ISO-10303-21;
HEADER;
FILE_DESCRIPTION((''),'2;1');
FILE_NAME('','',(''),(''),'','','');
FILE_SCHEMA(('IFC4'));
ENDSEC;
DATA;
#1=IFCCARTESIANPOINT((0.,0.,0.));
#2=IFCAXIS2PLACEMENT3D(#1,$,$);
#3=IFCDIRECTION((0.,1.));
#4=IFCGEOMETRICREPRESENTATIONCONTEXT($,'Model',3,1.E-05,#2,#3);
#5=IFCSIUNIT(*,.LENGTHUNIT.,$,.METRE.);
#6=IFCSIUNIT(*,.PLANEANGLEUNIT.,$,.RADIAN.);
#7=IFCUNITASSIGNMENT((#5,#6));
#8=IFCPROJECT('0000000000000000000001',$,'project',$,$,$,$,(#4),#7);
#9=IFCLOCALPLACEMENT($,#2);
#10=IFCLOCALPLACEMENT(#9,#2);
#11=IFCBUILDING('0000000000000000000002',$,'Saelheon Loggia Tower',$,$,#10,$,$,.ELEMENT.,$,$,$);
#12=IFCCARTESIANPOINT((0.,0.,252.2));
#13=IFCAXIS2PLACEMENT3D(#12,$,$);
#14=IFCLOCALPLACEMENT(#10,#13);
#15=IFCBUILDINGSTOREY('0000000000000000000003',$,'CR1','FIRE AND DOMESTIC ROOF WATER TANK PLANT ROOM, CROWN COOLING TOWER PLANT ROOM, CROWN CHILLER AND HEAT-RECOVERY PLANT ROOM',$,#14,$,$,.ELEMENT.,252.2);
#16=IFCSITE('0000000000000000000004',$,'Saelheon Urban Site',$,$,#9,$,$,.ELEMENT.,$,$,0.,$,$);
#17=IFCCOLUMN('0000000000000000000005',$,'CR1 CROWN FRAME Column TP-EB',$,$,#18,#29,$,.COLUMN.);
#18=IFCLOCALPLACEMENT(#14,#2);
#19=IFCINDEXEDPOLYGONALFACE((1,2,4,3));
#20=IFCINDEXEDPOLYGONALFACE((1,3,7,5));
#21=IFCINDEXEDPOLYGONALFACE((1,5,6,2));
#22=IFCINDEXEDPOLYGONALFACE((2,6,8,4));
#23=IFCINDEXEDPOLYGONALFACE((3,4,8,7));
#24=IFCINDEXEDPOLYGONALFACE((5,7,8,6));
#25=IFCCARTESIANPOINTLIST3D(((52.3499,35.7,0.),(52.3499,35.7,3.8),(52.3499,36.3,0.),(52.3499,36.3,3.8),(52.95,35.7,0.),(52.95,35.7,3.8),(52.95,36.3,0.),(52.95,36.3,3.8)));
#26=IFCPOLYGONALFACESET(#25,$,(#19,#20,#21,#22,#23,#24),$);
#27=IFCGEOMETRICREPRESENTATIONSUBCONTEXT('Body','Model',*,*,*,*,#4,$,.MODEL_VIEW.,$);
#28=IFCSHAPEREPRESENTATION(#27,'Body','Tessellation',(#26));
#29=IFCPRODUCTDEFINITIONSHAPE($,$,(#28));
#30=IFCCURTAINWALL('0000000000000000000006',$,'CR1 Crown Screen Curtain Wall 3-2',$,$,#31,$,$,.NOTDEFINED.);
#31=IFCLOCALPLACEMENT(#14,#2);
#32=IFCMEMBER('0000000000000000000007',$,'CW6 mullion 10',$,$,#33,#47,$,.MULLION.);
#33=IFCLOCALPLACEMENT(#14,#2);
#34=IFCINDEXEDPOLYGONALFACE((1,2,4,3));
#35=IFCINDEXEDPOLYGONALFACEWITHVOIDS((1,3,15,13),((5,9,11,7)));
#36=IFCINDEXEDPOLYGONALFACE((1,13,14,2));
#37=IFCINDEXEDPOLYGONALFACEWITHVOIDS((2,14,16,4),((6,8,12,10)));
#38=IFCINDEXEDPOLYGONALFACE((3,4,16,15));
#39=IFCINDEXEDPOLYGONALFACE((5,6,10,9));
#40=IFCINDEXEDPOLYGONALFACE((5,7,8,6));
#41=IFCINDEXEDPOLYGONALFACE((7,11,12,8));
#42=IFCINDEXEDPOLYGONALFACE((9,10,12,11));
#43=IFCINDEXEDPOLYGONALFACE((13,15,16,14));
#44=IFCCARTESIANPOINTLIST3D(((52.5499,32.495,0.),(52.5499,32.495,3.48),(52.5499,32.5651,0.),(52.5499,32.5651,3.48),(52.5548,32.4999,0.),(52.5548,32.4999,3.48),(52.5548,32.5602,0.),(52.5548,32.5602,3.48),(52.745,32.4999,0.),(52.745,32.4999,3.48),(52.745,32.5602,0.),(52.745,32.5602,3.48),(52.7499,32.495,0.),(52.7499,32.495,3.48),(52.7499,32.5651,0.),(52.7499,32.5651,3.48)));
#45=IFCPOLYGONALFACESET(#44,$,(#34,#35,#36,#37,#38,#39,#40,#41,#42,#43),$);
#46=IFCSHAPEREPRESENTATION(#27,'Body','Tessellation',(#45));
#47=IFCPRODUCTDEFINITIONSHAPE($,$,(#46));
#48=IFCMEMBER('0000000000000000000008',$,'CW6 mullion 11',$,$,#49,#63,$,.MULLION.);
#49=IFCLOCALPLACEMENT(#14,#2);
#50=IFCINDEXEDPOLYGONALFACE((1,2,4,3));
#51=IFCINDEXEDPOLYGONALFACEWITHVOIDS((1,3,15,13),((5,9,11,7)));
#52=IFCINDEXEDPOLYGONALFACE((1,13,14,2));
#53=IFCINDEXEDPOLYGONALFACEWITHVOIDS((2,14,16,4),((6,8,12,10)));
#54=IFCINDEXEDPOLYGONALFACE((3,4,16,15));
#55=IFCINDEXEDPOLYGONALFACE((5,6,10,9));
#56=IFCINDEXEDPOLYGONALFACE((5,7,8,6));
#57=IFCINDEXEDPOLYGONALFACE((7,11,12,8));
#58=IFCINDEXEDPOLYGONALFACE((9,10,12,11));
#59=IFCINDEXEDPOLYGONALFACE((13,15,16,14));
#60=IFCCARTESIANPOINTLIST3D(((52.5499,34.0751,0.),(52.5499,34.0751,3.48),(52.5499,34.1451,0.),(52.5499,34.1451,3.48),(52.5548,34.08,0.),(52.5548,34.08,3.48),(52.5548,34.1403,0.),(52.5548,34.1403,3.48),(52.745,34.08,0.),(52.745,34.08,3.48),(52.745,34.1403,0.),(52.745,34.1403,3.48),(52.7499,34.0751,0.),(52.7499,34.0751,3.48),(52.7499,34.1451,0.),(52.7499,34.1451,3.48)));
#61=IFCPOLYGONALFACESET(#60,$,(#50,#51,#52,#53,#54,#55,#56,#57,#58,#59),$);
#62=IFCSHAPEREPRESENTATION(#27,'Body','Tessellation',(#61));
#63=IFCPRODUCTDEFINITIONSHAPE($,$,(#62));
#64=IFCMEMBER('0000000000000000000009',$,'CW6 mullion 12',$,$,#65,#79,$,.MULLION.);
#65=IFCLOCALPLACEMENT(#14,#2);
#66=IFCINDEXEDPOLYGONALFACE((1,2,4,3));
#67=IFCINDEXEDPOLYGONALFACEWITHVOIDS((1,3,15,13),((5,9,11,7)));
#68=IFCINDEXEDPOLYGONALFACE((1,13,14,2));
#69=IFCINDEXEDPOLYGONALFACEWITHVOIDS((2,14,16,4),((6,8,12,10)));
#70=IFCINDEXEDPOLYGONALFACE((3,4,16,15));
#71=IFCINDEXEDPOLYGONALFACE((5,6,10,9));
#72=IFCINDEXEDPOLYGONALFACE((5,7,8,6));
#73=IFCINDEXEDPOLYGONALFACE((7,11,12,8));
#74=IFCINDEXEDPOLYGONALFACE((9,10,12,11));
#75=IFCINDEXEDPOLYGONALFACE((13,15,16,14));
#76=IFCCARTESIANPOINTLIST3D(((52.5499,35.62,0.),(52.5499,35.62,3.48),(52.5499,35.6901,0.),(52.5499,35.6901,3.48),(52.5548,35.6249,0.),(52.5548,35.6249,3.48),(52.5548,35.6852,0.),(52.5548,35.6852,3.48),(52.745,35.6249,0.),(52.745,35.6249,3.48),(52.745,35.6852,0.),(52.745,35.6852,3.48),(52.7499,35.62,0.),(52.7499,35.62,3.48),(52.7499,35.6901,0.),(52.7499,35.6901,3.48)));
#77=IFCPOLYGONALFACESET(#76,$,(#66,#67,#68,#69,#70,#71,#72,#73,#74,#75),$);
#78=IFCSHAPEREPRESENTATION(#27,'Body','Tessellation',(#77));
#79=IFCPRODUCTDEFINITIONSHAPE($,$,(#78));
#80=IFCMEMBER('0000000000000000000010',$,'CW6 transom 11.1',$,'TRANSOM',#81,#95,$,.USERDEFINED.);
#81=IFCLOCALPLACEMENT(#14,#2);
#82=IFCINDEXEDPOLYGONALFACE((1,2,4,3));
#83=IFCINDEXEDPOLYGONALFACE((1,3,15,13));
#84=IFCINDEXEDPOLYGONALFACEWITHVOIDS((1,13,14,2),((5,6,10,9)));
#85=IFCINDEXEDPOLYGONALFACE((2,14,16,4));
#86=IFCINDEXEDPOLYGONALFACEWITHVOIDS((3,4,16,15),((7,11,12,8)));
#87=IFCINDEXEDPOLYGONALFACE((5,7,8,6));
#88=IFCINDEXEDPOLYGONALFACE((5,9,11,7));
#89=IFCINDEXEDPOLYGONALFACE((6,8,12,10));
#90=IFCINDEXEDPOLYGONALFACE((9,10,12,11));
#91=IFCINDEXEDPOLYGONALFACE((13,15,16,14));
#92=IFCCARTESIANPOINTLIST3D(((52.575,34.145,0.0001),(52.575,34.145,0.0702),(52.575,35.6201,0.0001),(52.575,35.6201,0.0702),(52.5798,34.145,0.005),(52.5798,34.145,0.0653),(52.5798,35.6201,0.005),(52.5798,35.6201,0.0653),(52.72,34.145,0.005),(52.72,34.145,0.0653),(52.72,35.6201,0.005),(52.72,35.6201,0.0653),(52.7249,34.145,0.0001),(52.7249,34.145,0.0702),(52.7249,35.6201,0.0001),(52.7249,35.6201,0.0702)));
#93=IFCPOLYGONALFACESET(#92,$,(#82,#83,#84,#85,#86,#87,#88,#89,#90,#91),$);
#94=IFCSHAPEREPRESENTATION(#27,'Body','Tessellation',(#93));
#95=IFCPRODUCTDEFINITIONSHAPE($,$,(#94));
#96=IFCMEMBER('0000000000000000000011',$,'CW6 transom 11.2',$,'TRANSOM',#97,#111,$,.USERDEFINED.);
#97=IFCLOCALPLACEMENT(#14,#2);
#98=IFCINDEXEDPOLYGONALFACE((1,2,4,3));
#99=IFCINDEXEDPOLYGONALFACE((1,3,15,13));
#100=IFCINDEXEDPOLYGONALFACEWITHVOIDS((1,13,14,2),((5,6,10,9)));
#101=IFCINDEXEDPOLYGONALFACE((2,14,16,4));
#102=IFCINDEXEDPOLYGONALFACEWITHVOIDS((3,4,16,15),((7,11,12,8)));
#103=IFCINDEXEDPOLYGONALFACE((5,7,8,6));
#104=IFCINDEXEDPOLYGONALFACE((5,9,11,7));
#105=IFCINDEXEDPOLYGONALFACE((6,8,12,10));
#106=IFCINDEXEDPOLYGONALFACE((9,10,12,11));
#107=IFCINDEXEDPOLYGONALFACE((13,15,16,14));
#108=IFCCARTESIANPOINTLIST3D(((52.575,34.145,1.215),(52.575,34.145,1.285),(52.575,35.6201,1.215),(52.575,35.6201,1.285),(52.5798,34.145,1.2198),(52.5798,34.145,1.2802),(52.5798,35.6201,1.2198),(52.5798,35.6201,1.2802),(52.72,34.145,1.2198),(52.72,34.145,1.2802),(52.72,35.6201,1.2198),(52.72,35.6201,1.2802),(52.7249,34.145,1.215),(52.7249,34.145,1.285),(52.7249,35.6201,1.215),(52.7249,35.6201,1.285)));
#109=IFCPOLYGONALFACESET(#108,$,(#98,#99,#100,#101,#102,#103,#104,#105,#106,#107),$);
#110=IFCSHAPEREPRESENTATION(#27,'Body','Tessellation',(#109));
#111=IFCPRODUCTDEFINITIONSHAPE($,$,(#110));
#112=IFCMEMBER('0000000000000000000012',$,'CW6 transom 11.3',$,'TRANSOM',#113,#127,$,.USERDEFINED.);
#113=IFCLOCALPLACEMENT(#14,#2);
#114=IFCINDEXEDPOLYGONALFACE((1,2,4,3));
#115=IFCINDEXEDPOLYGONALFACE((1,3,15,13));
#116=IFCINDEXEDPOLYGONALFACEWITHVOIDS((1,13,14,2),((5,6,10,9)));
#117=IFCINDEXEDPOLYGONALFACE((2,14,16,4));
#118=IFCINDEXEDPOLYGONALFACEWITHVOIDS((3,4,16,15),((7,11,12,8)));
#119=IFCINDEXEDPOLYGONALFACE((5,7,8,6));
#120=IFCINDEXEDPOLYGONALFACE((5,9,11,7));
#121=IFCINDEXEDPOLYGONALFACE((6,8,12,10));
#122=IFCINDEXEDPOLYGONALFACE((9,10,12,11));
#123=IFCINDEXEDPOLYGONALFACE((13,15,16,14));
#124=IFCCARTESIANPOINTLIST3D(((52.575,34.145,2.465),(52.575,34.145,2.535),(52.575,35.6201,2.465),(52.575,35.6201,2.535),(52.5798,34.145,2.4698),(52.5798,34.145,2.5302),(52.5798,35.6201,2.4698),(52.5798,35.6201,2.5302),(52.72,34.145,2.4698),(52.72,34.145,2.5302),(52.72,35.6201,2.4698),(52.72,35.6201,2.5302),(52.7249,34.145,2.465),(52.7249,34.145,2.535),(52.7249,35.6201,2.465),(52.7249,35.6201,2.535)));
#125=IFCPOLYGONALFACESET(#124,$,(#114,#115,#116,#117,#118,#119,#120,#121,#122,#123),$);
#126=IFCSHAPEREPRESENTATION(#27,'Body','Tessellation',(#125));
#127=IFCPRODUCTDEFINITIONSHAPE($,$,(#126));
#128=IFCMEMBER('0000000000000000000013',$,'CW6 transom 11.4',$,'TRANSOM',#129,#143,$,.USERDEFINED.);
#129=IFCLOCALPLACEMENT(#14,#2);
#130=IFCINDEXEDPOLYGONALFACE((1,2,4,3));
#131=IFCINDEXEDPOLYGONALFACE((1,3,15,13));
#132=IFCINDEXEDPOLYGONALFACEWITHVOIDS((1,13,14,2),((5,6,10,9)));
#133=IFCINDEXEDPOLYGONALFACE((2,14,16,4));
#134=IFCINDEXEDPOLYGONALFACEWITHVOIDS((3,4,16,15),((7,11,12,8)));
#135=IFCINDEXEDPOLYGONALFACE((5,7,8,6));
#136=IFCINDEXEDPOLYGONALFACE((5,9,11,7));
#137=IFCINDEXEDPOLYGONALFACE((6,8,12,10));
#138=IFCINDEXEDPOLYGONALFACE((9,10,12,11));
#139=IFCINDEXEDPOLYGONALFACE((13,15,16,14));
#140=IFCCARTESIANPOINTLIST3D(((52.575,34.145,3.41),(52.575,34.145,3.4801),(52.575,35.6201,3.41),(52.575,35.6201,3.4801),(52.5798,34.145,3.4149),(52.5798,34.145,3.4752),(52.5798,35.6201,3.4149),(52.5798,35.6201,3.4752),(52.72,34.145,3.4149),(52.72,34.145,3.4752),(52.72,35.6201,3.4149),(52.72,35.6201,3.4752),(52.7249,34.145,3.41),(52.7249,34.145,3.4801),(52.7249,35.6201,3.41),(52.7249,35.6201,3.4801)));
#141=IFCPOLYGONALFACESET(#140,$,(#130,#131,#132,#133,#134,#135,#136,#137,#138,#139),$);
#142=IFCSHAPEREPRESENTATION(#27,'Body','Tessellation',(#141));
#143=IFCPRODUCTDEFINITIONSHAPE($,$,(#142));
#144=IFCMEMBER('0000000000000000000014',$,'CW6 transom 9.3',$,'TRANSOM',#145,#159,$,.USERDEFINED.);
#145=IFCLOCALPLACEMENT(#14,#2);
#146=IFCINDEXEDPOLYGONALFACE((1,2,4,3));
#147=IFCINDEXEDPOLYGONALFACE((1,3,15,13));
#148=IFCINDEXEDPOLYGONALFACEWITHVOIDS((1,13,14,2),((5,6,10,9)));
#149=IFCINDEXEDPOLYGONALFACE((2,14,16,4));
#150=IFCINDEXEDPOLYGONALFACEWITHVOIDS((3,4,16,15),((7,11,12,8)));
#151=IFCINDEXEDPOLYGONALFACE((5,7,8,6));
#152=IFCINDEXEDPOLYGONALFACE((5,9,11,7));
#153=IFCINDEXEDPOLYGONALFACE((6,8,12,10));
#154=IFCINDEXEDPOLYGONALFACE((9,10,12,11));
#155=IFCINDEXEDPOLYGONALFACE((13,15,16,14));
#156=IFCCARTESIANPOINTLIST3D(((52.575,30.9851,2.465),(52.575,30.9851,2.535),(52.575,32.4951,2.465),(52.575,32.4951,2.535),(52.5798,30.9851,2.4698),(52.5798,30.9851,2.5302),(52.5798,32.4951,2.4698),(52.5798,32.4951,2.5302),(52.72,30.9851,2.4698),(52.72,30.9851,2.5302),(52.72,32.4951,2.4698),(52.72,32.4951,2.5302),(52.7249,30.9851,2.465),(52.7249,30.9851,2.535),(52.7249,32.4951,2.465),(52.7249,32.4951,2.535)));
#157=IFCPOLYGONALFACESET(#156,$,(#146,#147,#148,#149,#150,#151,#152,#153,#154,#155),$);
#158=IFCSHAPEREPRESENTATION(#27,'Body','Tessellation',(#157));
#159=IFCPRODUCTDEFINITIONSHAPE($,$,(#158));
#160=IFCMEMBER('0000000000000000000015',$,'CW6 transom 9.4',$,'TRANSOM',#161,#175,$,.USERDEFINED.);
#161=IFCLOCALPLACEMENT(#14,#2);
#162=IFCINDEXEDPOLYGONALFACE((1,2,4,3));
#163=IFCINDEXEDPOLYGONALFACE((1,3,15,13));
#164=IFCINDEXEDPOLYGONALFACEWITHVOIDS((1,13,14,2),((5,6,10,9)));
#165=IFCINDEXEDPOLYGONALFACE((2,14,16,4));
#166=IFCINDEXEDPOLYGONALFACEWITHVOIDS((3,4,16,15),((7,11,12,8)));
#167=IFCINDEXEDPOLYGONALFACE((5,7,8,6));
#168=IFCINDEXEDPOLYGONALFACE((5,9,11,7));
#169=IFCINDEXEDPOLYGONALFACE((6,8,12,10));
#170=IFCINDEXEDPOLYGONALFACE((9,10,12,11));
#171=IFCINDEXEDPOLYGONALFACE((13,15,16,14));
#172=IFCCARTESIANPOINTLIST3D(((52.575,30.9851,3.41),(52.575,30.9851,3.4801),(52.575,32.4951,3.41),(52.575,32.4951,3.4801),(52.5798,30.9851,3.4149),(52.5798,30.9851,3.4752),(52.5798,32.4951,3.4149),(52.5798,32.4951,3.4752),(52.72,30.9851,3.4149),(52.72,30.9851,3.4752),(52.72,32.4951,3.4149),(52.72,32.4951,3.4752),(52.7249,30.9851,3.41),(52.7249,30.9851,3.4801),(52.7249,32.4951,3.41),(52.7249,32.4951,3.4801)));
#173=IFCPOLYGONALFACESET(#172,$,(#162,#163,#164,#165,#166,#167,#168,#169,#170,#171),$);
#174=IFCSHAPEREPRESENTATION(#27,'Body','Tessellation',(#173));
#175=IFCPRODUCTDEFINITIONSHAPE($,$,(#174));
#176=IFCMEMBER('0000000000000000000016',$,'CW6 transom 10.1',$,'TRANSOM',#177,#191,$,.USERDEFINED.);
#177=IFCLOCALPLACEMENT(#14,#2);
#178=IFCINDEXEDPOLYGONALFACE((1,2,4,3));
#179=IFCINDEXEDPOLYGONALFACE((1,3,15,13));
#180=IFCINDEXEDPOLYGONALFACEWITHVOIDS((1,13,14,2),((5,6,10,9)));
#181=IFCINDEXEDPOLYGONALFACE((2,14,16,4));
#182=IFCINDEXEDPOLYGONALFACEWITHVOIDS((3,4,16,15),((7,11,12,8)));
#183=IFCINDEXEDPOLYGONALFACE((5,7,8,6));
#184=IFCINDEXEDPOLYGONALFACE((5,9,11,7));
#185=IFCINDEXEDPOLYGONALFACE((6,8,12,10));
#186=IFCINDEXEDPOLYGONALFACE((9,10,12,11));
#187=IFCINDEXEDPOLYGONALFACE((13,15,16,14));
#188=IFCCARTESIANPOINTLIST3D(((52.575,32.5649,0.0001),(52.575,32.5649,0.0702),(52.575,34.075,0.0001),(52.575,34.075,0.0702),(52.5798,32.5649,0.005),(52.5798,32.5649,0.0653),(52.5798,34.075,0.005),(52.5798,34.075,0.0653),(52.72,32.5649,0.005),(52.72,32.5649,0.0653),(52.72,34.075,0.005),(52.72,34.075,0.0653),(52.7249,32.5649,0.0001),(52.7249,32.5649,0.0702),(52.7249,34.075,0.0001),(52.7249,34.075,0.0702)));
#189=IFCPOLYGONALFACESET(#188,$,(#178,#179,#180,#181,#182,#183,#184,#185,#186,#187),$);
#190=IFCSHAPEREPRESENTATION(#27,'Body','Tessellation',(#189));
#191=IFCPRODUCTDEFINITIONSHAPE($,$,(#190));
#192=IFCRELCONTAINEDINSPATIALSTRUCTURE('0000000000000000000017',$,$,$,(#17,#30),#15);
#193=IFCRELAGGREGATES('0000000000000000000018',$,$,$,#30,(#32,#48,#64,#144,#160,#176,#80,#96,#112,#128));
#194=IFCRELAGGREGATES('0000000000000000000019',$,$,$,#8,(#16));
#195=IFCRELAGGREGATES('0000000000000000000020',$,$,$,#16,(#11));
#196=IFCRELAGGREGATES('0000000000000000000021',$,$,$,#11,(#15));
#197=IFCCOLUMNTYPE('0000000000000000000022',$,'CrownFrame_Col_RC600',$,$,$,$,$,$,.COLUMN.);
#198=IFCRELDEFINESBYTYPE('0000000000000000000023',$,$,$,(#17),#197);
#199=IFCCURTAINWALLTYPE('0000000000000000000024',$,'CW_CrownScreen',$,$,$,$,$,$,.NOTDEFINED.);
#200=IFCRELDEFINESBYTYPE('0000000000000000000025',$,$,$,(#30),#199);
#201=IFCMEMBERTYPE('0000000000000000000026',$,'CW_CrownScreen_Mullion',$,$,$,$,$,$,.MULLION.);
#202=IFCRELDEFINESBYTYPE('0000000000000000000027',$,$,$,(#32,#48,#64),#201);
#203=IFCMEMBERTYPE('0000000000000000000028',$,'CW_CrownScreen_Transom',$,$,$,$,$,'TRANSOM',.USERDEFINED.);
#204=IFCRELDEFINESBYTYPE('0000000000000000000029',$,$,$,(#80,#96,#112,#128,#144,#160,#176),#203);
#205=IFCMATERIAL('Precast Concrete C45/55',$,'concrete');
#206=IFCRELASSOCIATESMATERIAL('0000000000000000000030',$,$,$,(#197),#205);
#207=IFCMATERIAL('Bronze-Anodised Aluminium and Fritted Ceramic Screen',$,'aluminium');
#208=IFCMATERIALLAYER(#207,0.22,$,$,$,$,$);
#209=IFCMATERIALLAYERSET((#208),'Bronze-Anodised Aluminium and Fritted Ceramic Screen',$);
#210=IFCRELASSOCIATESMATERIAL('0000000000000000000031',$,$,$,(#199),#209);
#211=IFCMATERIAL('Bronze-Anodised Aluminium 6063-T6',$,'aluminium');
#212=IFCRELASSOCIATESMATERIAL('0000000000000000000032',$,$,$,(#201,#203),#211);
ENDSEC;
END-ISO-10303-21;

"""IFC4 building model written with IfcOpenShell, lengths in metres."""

from ifc_helpers import new_model, si_unit, direction, frame, origin, origin_2d, place, context, subcontext, project, spatial, rectangle, hollow_rectangle, extrude, source, transform, mapped, material, layer, layer_set, material_profile, profile_set, type_object, element, aggregate, save


model = new_model("IFC4")

# Units and contexts
model_context = context("Model", 3, precision=1e-05, world=origin(), true_north=direction((0.0, 1.0)))
body_context = subcontext(model_context, "Body", "Model", "MODEL_VIEW")
ifc_project = project(units=[si_unit("LENGTHUNIT", "METRE"), si_unit("PLANEANGLEUNIT", "RADIAN")], contexts=[model_context])

# Site, building, storey
site_placement = place(None, origin())
site = spatial("IfcSite", under=ifc_project, at=site_placement, Name="Saelheon Urban Site", CompositionType="ELEMENT", RefElevation=0.0)
building_placement = place(site_placement, origin())
building = spatial("IfcBuilding", under=site, at=building_placement, Name="Saelheon Loggia Tower", CompositionType="ELEMENT")
storey_placement = place(building_placement, frame((0.0, 0.0, 252.2)))
storey = spatial("IfcBuildingStorey", under=building, at=storey_placement, Name="CR1", Description="FIRE AND DOMESTIC ROOF WATER TANK PLANT ROOM, CROWN COOLING TOWER PLANT ROOM, CROWN CHILLER AND HEAT-RECOVERY PLANT ROOM", CompositionType="ELEMENT", Elevation=252.2)

# Column
ifc_material_1 = material(Name="Precast Concrete C45/55", Category="concrete")
ifc_material_profile_1 = material_profile(ifc_material_1, rectangle(XDim=0.6001, YDim=0.6001, at=origin_2d()), Name="RC-600x600")
ifc_profile_set_1 = profile_set([ifc_material_profile_1], Name="Precast Concrete C45/55")
column_type = type_object("IfcColumnType", Name="CrownFrame_Col_RC600", PredefinedType="COLUMN", material=ifc_profile_set_1)
shared_shape_1 = source(origin(), body_context, "Body", "SweptSolid", [
    extrude(rectangle(XDim=0.6001, YDim=0.6001, at=origin_2d()), origin(), (0.0, 0.0, 1.0), 3.8),
])
column_placement = place(storey_placement, frame((52.6499, 36.0, 0.0), z_axis=(0.0, 0.0, 1.0), x_axis=(1.0, 0.0, 0.0)))
element("IfcColumn", 1, at=column_placement, inside=storey, type_object=column_type, Name="CR1 CROWN FRAME Column TP-EB", PredefinedType="COLUMN", context=body_context, shape_type="MappedRepresentation", body=[
    mapped(shared_shape_1, transform((0.0, 0.0, 0.0), scale=1.0)),
])

# Curtain wall, members
ifc_material_2 = material(Name="Bronze-Anodised Aluminium and Fritted Ceramic Screen", Category="aluminium")
ifc_layer_1 = layer(ifc_material_2, 0.22)
ifc_layer_set_1 = layer_set([ifc_layer_1], Name="Bronze-Anodised Aluminium and Fritted Ceramic Screen")
curtain_wall_type = type_object("IfcCurtainWallType", Name="CW_CrownScreen", PredefinedType="NOTDEFINED", material=ifc_layer_set_1)
curtain_wall_placement = place(storey_placement, origin())
curtain_wall = element("IfcCurtainWall", 2, at=curtain_wall_placement, inside=storey, type_object=curtain_wall_type, Name="CR1 Crown Screen Curtain Wall 3-2", PredefinedType="NOTDEFINED")
ifc_material_3 = material(Name="Bronze-Anodised Aluminium 6063-T6", Category="aluminium")
ifc_material_profile_2 = material_profile(ifc_material_3, hollow_rectangle(XDim=0.0701, YDim=0.2, WallThickness=0.0049, at=origin_2d()), Name="RHS-200x70x5")
ifc_profile_set_2 = profile_set([ifc_material_profile_2], Name="Bronze-Anodised Aluminium 6063-T6")
member_type_1 = type_object("IfcMemberType", Name="CW_CrownScreen_Mullion", PredefinedType="MULLION", material=ifc_profile_set_2)
shared_shape_2 = source(origin(), body_context, "Body", "SweptSolid", [
    extrude(hollow_rectangle(XDim=0.0701, YDim=0.2, WallThickness=0.0049, at=origin_2d()), origin(), (0.0, 0.0, 1.0), 3.48),
])
member_1_placement = place(storey_placement, frame((52.6499, 32.53, 0.0), z_axis=(0.0, 0.0, 1.0), x_axis=(0.0, 1.0, 0.0)))
member_1 = element("IfcMember", 3, at=member_1_placement, type_object=member_type_1, Name="CW6 mullion 10", PredefinedType="MULLION", context=body_context, shape_type="MappedRepresentation", body=[
    mapped(shared_shape_2, transform((0.0, 0.0, 0.0), scale=1.0)),
])
member_2_placement = place(storey_placement, frame((52.6499, 34.1101, 0.0), z_axis=(0.0, 0.0, 1.0), x_axis=(0.0, 1.0, 0.0)))
member_2 = element("IfcMember", 4, at=member_2_placement, type_object=member_type_1, Name="CW6 mullion 11", PredefinedType="MULLION", context=body_context, shape_type="MappedRepresentation", body=[
    mapped(shared_shape_2, transform((0.0, 0.0, 0.0), scale=1.0)),
])
member_3_placement = place(storey_placement, frame((52.6499, 35.655, 0.0), z_axis=(0.0, 0.0, 1.0), x_axis=(0.0, 1.0, 0.0)))
member_3 = element("IfcMember", 5, at=member_3_placement, type_object=member_type_1, Name="CW6 mullion 12", PredefinedType="MULLION", context=body_context, shape_type="MappedRepresentation", body=[
    mapped(shared_shape_2, transform((0.0, 0.0, 0.0), scale=1.0)),
])
ifc_material_profile_3 = material_profile(ifc_material_3, hollow_rectangle(XDim=0.0701, YDim=0.1499, WallThickness=0.0049, at=origin_2d()), Name="RHS-150x70x5")
ifc_profile_set_3 = profile_set([ifc_material_profile_3], Name="Bronze-Anodised Aluminium 6063-T6")
member_type_2 = type_object("IfcMemberType", Name="CW_CrownScreen_Transom", ElementType="TRANSOM", PredefinedType="USERDEFINED", material=ifc_profile_set_3)
shared_shape_3 = source(origin(), body_context, "Body", "SweptSolid", [
    extrude(hollow_rectangle(XDim=0.0701, YDim=0.1499, WallThickness=0.0049, at=origin_2d()), origin(), (0.0, 0.0, 1.0), 1.4751),
])
member_4_placement = place(storey_placement, frame((52.6499, 34.145, 0.0352), z_axis=(0.0, 1.0, 0.0), x_axis=(0.0, 0.0, 1.0)))
member_4 = element("IfcMember", 6, at=member_4_placement, type_object=member_type_2, Name="CW6 transom 11.1", ObjectType="TRANSOM", PredefinedType="USERDEFINED", context=body_context, shape_type="MappedRepresentation", body=[
    mapped(shared_shape_3, transform((0.0, 0.0, 0.0), scale=1.0)),
])
member_5_placement = place(storey_placement, frame((52.6499, 34.145, 1.25), z_axis=(0.0, 1.0, 0.0), x_axis=(0.0, 0.0, 1.0)))
member_5 = element("IfcMember", 7, at=member_5_placement, type_object=member_type_2, Name="CW6 transom 11.2", ObjectType="TRANSOM", PredefinedType="USERDEFINED", context=body_context, shape_type="MappedRepresentation", body=[
    mapped(shared_shape_3, transform((0.0, 0.0, 0.0), scale=1.0)),
])
member_6_placement = place(storey_placement, frame((52.6499, 34.145, 2.5), z_axis=(0.0, 1.0, 0.0), x_axis=(0.0, 0.0, 1.0)))
member_6 = element("IfcMember", 8, at=member_6_placement, type_object=member_type_2, Name="CW6 transom 11.3", ObjectType="TRANSOM", PredefinedType="USERDEFINED", context=body_context, shape_type="MappedRepresentation", body=[
    mapped(shared_shape_3, transform((0.0, 0.0, 0.0), scale=1.0)),
])
member_7_placement = place(storey_placement, frame((52.6499, 34.145, 3.4451), z_axis=(0.0, 1.0, 0.0), x_axis=(0.0, 0.0, 1.0)))
member_7 = element("IfcMember", 9, at=member_7_placement, type_object=member_type_2, Name="CW6 transom 11.4", ObjectType="TRANSOM", PredefinedType="USERDEFINED", context=body_context, shape_type="MappedRepresentation", body=[
    mapped(shared_shape_3, transform((0.0, 0.0, 0.0), scale=1.0)),
])
shared_shape_4 = source(origin(), body_context, "Body", "SweptSolid", [
    extrude(hollow_rectangle(XDim=0.0701, YDim=0.1499, WallThickness=0.0049, at=origin_2d()), origin(), (0.0, 0.0, 1.0), 1.51),
])
member_8_placement = place(storey_placement, frame((52.6499, 30.9851, 2.5), z_axis=(0.0, 1.0, 0.0), x_axis=(0.0, 0.0, 1.0)))
member_8 = element("IfcMember", 10, at=member_8_placement, type_object=member_type_2, Name="CW6 transom 9.3", ObjectType="TRANSOM", PredefinedType="USERDEFINED", context=body_context, shape_type="MappedRepresentation", body=[
    mapped(shared_shape_4, transform((0.0, 0.0, 0.0), scale=1.0)),
])
member_9_placement = place(storey_placement, frame((52.6499, 30.9851, 3.4451), z_axis=(0.0, 1.0, 0.0), x_axis=(0.0, 0.0, 1.0)))
member_9 = element("IfcMember", 11, at=member_9_placement, type_object=member_type_2, Name="CW6 transom 9.4", ObjectType="TRANSOM", PredefinedType="USERDEFINED", context=body_context, shape_type="MappedRepresentation", body=[
    mapped(shared_shape_4, transform((0.0, 0.0, 0.0), scale=1.0)),
])
member_10_placement = place(storey_placement, frame((52.6499, 32.5649, 0.0352), z_axis=(0.0, 1.0, 0.0), x_axis=(0.0, 0.0, 1.0)))
member_10 = element("IfcMember", 12, at=member_10_placement, type_object=member_type_2, Name="CW6 transom 10.1", ObjectType="TRANSOM", PredefinedType="USERDEFINED", context=body_context, shape_type="MappedRepresentation", body=[
    mapped(shared_shape_4, transform((0.0, 0.0, 0.0), scale=1.0)),
])

aggregate(curtain_wall, [member_1, member_2, member_3, member_8, member_9, member_10, member_4, member_5, member_6, member_7])

save(model, "model.ifc")
